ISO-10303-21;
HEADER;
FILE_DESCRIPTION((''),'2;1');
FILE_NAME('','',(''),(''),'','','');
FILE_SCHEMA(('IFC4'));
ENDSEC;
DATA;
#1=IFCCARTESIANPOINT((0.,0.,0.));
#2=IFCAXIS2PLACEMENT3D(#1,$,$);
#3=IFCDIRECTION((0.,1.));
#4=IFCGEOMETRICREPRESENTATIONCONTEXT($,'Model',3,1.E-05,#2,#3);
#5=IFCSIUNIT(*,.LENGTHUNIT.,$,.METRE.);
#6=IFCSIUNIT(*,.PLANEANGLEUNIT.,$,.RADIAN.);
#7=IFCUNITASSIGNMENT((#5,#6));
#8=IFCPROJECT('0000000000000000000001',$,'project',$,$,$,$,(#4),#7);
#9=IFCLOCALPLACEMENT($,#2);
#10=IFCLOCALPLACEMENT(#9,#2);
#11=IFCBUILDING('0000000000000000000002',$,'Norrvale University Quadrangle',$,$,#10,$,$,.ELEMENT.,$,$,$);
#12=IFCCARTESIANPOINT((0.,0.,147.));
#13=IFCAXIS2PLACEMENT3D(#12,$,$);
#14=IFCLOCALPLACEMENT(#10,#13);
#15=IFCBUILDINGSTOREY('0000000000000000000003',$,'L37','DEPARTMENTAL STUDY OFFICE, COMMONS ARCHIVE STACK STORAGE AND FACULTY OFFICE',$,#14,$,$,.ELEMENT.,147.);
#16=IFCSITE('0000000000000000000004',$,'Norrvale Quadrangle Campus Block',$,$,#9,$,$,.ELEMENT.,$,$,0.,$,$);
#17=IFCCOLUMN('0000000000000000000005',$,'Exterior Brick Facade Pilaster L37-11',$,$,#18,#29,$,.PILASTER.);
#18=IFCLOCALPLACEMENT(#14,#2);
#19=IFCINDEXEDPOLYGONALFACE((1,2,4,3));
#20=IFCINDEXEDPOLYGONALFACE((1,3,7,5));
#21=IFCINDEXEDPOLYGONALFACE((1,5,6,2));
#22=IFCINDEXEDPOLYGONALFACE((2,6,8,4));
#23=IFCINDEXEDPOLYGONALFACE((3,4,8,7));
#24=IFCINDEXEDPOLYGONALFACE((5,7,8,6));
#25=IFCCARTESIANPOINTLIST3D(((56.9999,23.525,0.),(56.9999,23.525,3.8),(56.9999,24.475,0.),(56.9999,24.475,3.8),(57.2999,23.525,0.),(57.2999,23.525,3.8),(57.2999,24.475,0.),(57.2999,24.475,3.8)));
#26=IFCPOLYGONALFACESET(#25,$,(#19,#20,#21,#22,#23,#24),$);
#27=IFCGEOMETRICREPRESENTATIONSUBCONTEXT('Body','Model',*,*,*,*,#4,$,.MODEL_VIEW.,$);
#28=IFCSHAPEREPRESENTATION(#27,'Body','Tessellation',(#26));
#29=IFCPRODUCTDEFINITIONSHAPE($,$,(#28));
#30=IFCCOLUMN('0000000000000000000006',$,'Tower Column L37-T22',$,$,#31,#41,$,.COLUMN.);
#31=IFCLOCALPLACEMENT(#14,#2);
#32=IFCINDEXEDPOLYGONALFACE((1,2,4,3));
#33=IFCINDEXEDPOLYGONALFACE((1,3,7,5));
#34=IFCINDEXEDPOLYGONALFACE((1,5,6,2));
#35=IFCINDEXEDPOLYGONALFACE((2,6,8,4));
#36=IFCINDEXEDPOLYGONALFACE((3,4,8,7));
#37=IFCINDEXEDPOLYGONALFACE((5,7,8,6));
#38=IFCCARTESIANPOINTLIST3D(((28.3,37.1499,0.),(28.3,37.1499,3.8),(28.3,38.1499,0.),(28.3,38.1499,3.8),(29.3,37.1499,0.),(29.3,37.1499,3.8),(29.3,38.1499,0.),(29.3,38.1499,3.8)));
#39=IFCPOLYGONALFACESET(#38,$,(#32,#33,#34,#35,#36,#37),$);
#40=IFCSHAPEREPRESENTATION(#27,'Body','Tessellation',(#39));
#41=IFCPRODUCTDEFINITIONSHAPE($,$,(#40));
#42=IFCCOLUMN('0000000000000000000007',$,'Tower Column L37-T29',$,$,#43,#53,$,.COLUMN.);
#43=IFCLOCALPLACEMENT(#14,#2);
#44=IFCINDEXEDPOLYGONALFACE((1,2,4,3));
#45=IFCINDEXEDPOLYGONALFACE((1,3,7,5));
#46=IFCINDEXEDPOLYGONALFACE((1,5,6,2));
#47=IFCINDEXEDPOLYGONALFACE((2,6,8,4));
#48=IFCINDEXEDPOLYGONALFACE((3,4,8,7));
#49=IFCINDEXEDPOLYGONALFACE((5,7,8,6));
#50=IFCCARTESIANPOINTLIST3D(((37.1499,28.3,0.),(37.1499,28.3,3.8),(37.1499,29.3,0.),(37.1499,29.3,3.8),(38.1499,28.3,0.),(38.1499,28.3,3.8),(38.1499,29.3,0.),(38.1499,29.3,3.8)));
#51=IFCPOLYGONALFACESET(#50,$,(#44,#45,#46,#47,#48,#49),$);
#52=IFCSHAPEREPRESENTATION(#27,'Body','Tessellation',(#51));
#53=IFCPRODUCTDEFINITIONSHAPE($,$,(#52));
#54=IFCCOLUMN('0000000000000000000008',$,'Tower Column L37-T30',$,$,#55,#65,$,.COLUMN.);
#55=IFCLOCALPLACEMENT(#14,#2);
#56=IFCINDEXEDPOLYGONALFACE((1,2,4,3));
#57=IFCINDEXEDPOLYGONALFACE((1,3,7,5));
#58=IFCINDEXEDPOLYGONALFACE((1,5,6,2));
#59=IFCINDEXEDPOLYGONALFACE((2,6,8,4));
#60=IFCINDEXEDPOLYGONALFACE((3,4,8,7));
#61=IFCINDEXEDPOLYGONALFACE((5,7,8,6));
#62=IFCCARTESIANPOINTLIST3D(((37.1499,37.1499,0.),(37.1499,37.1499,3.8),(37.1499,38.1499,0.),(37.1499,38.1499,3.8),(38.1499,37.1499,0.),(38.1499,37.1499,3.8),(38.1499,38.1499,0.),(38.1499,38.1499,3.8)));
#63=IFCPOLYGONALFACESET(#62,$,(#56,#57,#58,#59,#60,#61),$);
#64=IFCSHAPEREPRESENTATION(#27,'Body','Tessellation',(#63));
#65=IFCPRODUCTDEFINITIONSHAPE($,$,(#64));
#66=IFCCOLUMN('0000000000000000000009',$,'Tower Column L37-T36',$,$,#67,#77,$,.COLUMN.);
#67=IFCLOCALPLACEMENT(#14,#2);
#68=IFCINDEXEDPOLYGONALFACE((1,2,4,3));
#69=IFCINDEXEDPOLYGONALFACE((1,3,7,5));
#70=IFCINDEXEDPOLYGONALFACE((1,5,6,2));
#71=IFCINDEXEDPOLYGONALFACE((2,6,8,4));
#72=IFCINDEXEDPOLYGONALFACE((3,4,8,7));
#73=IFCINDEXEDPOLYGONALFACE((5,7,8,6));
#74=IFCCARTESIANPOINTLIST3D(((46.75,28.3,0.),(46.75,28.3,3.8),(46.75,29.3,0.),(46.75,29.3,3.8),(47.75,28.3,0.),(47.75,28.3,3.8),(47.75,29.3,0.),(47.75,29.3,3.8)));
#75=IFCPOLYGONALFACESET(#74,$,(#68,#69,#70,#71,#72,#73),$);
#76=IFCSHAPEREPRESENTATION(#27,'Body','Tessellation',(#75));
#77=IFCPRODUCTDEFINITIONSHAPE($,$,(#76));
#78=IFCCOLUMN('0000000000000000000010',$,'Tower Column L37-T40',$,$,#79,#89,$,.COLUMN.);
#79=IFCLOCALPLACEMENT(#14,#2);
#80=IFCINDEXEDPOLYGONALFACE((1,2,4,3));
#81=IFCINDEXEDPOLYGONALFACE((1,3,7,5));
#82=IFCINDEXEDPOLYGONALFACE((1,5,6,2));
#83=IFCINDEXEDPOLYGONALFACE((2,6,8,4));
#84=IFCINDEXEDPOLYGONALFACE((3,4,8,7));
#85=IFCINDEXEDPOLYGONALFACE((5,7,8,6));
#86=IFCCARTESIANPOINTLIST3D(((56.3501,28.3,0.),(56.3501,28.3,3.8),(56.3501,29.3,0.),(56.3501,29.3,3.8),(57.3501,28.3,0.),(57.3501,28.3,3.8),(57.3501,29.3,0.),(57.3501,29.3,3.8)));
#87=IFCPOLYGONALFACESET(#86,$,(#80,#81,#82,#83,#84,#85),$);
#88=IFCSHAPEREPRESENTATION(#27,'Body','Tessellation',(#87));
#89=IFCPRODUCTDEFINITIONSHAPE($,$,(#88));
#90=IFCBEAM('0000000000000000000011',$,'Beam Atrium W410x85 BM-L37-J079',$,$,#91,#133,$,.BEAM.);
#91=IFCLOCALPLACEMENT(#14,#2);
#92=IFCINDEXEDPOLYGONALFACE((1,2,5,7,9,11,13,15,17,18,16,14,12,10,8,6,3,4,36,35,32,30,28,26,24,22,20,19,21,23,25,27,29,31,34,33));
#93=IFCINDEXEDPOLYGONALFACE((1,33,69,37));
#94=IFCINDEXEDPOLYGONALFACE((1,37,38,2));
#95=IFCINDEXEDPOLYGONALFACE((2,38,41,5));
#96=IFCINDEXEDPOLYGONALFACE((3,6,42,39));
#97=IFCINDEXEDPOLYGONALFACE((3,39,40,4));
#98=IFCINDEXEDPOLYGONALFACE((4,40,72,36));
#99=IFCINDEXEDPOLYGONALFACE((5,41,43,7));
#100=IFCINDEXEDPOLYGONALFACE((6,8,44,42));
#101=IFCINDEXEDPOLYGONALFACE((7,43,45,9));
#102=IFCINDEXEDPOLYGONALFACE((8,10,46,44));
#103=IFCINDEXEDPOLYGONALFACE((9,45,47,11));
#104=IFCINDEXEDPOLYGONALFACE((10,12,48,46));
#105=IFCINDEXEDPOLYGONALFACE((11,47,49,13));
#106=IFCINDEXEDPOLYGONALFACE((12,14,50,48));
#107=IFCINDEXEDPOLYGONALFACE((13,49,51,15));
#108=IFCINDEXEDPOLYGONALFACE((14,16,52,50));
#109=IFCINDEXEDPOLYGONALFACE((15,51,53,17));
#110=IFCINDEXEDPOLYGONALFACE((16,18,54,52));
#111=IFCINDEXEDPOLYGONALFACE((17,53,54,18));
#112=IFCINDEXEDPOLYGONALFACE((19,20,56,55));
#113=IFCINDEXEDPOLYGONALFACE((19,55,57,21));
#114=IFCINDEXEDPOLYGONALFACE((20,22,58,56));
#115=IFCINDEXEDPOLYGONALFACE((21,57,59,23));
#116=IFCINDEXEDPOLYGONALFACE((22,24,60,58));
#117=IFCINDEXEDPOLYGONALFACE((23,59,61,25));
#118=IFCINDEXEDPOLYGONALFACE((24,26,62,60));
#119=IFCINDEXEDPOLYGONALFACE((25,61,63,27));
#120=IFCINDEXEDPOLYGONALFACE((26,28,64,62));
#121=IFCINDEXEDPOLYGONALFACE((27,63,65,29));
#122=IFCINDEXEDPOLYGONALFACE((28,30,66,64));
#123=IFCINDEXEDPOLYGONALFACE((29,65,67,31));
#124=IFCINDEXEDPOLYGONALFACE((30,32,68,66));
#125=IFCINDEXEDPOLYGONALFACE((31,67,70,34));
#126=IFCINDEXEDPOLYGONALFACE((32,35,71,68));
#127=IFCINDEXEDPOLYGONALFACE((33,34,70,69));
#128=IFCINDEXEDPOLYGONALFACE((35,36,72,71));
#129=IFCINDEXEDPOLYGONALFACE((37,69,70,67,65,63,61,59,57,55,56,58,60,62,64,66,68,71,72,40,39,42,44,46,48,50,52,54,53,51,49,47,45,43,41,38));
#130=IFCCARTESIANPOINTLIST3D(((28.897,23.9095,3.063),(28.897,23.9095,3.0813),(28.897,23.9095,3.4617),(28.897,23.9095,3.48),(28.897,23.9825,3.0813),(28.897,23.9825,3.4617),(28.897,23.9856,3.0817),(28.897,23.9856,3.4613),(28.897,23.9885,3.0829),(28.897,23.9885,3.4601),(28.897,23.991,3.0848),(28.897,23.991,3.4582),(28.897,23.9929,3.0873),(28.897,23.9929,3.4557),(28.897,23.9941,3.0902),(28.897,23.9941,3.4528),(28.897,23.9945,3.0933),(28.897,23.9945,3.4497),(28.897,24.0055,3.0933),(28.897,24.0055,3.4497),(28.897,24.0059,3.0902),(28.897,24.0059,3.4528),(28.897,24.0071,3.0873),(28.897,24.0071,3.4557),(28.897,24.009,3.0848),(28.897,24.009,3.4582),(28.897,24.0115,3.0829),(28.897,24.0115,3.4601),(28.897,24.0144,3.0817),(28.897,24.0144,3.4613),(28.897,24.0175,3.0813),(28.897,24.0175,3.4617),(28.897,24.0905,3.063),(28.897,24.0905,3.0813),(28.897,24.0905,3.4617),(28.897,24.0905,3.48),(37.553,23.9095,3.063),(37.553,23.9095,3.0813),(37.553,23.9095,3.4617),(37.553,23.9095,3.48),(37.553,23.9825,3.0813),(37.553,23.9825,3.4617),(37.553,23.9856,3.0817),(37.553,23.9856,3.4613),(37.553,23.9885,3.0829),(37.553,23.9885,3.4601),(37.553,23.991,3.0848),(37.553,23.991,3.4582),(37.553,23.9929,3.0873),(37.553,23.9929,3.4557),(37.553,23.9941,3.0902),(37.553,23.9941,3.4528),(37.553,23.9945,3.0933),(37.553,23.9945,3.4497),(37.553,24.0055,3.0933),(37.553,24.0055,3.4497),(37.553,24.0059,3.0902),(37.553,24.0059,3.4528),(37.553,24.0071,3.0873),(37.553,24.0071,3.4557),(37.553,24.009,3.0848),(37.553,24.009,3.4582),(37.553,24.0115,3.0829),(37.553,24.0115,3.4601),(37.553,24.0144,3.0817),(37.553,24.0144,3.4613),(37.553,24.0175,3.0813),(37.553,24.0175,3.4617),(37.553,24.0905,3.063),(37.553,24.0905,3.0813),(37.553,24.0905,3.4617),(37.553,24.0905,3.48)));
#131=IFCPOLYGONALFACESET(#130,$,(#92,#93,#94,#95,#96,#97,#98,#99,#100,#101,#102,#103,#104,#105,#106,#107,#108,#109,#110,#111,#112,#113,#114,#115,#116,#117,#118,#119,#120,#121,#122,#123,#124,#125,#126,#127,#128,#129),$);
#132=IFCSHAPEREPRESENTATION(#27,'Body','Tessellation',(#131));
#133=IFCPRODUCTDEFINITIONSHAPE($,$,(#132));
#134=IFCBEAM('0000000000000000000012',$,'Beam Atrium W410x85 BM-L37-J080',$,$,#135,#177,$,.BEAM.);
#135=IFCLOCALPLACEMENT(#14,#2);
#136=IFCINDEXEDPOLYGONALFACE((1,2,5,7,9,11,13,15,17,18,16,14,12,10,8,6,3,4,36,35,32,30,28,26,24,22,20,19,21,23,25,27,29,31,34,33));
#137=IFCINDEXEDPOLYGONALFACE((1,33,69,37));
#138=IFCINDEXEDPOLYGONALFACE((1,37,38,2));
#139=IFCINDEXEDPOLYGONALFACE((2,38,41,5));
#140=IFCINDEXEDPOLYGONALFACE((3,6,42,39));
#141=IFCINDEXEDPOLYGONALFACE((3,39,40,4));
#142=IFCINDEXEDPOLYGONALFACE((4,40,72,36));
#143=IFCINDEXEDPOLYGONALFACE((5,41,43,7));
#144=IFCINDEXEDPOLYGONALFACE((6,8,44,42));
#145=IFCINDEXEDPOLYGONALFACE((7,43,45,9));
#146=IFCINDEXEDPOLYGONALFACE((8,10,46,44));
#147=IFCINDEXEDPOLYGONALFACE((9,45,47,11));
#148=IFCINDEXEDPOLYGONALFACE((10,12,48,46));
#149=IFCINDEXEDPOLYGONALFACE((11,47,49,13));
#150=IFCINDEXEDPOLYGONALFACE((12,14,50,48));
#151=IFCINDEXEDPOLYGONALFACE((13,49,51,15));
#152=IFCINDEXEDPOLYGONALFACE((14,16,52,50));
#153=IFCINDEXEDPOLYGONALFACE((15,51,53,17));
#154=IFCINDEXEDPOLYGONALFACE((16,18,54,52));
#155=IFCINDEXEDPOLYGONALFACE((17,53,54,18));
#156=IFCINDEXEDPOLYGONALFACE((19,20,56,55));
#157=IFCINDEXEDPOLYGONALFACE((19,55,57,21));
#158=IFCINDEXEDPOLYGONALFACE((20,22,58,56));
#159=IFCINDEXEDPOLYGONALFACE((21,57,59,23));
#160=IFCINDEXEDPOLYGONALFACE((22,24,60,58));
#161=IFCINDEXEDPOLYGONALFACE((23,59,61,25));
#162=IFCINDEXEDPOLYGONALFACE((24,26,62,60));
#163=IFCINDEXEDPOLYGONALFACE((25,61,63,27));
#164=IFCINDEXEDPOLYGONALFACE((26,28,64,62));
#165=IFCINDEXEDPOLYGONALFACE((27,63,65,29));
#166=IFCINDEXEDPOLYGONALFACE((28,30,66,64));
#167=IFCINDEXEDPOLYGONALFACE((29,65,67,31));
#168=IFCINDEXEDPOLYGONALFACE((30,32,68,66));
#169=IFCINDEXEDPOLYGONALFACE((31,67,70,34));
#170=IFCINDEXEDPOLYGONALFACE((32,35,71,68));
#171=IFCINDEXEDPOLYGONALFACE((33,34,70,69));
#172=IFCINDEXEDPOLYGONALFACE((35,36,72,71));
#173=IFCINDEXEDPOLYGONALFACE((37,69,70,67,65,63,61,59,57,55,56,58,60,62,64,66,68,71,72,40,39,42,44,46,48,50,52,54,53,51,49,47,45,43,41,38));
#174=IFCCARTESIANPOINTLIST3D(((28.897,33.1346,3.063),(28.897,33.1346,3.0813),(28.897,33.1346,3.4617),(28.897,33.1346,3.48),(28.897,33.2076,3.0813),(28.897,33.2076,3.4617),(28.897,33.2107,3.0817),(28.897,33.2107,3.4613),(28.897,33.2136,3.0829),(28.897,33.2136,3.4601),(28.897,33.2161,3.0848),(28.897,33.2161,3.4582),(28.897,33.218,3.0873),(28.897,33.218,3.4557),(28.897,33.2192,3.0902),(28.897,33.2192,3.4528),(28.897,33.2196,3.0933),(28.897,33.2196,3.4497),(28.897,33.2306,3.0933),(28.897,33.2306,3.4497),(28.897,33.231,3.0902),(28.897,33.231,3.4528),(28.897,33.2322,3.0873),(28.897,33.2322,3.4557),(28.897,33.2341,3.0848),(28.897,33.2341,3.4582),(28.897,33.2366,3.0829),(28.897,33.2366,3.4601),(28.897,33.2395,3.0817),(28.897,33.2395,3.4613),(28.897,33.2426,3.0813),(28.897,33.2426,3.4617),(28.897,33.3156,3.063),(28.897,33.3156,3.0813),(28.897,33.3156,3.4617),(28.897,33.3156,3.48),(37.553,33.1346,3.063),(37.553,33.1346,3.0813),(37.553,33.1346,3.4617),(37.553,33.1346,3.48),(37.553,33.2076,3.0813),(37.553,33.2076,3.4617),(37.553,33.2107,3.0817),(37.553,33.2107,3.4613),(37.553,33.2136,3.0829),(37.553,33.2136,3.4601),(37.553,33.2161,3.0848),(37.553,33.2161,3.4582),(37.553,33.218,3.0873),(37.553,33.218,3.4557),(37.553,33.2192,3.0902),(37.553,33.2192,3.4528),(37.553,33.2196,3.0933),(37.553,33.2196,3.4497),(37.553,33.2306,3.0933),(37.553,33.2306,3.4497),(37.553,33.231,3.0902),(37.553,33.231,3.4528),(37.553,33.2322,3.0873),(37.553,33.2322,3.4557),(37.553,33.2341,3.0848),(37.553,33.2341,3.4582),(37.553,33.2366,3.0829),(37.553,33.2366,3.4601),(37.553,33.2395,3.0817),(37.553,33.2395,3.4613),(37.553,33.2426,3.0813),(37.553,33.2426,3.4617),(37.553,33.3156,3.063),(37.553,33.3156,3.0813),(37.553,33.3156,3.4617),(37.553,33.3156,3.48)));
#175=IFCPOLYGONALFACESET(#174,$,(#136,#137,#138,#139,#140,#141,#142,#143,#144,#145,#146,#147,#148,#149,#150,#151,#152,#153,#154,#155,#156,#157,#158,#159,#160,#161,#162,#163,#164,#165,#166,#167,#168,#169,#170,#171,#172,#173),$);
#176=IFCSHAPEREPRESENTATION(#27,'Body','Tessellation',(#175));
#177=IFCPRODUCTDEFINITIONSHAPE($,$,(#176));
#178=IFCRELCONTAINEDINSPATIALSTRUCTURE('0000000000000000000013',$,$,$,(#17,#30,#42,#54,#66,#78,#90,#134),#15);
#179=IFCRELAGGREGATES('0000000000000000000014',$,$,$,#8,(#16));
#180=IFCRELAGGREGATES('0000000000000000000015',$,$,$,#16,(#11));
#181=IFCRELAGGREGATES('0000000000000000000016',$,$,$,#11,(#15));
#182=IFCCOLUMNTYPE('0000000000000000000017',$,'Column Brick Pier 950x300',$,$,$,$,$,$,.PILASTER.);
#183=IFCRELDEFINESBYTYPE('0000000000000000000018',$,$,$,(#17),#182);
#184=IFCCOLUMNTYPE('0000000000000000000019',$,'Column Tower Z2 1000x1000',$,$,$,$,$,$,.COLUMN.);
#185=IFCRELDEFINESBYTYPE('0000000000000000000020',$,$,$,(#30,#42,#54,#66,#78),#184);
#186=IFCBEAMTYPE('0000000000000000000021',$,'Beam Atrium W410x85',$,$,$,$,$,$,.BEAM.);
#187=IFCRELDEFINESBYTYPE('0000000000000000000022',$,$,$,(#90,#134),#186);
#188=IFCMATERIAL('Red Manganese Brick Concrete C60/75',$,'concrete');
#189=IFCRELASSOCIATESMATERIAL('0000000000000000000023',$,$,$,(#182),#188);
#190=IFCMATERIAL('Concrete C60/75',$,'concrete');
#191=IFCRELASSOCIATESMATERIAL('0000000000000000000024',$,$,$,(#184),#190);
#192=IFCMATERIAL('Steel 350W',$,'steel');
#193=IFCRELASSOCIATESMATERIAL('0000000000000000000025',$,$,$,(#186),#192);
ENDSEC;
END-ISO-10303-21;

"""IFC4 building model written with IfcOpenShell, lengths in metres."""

from ifc_helpers import new_model, si_unit, direction, frame, origin, origin_2d, place, context, subcontext, project, spatial, rectangle, i_section, extrude, material, material_profile, profile_set, type_object, element, save


model = new_model("IFC4")

# Units and contexts
model_context = context("Model", 3, precision=1e-05, world=origin(), true_north=direction((0.0, 1.0)))
body_context = subcontext(model_context, "Body", "Model", "MODEL_VIEW")
ifc_project = project(units=[si_unit("LENGTHUNIT", "METRE"), si_unit("PLANEANGLEUNIT", "RADIAN")], contexts=[model_context])

# Site, building, storey
site_placement = place(None, origin())
site = spatial("IfcSite", under=ifc_project, at=site_placement, Name="Norrvale Quadrangle Campus Block", CompositionType="ELEMENT", RefElevation=0.0)
building_placement = place(site_placement, origin())
building = spatial("IfcBuilding", under=site, at=building_placement, Name="Norrvale University Quadrangle", CompositionType="ELEMENT")
storey_placement = place(building_placement, frame((0.0, 0.0, 147.0)))
storey = spatial("IfcBuildingStorey", under=building, at=storey_placement, Name="L37", Description="DEPARTMENTAL STUDY OFFICE, COMMONS ARCHIVE STACK STORAGE AND FACULTY OFFICE", CompositionType="ELEMENT", Elevation=147.0)

# Columns
ifc_material_1 = material(Name="Red Manganese Brick Concrete C60/75", Category="concrete")
ifc_material_profile_1 = material_profile(ifc_material_1, rectangle(XDim=0.95, YDim=0.3, at=origin_2d()), Name="Red Manganese Brick Concrete C60/75")
ifc_profile_set_1 = profile_set([ifc_material_profile_1], Name="Red Manganese Brick Concrete C60/75")
column_type_1 = type_object("IfcColumnType", Name="Column Brick Pier 950x300", PredefinedType="PILASTER", material=ifc_profile_set_1)
column_placement = place(storey_placement, frame((57.1499, 24.0, 0.0), z_axis=(0.0, 0.0, 1.0), x_axis=(0.0, 1.0, 0.0)))
element("IfcColumn", 1, at=column_placement, inside=storey, type_object=column_type_1, Name="Exterior Brick Facade Pilaster L37-11", PredefinedType="PILASTER", context=body_context, shape_type="SweptSolid", body=[
    extrude(rectangle(XDim=0.95, YDim=0.3, at=origin_2d()), origin(), (0.0, 0.0, 1.0), 3.8),
])
ifc_material_2 = material(Name="Concrete C60/75", Category="concrete")
ifc_material_profile_2 = material_profile(ifc_material_2, rectangle(XDim=1.0, YDim=1.0, at=origin_2d()), Name="Concrete C60/75")
ifc_profile_set_2 = profile_set([ifc_material_profile_2], Name="Concrete C60/75")
column_type_2 = type_object("IfcColumnType", Name="Column Tower Z2 1000x1000", PredefinedType="COLUMN", material=ifc_profile_set_2)
for number, where, z_axis, x_axis, name in (
    (2, (28.8, 37.6499, 0.0), (0.0, 0.0, 1.0), (1.0, 0.0, 0.0), "Tower Column L37-T22"),
    (3, (37.6499, 28.8, 0.0), (0.0, 0.0, 1.0), (1.0, 0.0, 0.0), "Tower Column L37-T29"),
    (4, (37.6499, 37.6499, 0.0), (0.0, 0.0, 1.0), (1.0, 0.0, 0.0), "Tower Column L37-T30"),
    (5, (47.25, 28.8, 0.0), (0.0, 0.0, 1.0), (1.0, 0.0, 0.0), "Tower Column L37-T36"),
    (6, (56.8501, 28.8, 0.0), (0.0, 0.0, 1.0), (1.0, 0.0, 0.0), "Tower Column L37-T40"),
):
    element("IfcColumn", number, at=place(storey_placement, frame(where, z_axis=z_axis, x_axis=x_axis)), inside=storey, type_object=column_type_2, Name=name, PredefinedType="COLUMN", context=body_context, shape_type="SweptSolid", body=[
        extrude(rectangle(XDim=1.0, YDim=1.0, at=origin_2d()), origin(), (0.0, 0.0, 1.0), 3.8),
    ])

# Beams
ifc_material_3 = material(Name="Steel 350W", Category="steel")
ifc_material_profile_3 = material_profile(ifc_material_3, i_section(OverallWidth=0.1809, OverallDepth=0.417, WebThickness=0.011, FlangeThickness=0.0183, FilletRadius=0.012, at=origin_2d()), Name="Steel 350W")
ifc_profile_set_3 = profile_set([ifc_material_profile_3], Name="Steel 350W")
beam_type_1 = type_object("IfcBeamType", Name="Beam Atrium W410x85", PredefinedType="BEAM", material=ifc_profile_set_3)
for number, where, z_axis, x_axis, name in (
    (7, (28.897, 24.0, 3.2715), (1.0, 0.0, 0.0), (0.0, 1.0, 0.0), "Beam Atrium W410x85 BM-L37-J079"),
    (8, (28.897, 33.2251, 3.2715), (1.0, 0.0, 0.0), (0.0, 1.0, 0.0), "Beam Atrium W410x85 BM-L37-J080"),
):
    element("IfcBeam", number, at=place(storey_placement, frame(where, z_axis=z_axis, x_axis=x_axis)), inside=storey, type_object=beam_type_1, Name=name, PredefinedType="BEAM", context=body_context, shape_type="SweptSolid", body=[
        extrude(i_section(OverallWidth=0.1809, OverallDepth=0.417, WebThickness=0.011, FlangeThickness=0.0183, FilletRadius=0.012, at=origin_2d()), origin(), (0.0, 0.0, 1.0), 8.656),
    ])

save(model, "model.ifc")
